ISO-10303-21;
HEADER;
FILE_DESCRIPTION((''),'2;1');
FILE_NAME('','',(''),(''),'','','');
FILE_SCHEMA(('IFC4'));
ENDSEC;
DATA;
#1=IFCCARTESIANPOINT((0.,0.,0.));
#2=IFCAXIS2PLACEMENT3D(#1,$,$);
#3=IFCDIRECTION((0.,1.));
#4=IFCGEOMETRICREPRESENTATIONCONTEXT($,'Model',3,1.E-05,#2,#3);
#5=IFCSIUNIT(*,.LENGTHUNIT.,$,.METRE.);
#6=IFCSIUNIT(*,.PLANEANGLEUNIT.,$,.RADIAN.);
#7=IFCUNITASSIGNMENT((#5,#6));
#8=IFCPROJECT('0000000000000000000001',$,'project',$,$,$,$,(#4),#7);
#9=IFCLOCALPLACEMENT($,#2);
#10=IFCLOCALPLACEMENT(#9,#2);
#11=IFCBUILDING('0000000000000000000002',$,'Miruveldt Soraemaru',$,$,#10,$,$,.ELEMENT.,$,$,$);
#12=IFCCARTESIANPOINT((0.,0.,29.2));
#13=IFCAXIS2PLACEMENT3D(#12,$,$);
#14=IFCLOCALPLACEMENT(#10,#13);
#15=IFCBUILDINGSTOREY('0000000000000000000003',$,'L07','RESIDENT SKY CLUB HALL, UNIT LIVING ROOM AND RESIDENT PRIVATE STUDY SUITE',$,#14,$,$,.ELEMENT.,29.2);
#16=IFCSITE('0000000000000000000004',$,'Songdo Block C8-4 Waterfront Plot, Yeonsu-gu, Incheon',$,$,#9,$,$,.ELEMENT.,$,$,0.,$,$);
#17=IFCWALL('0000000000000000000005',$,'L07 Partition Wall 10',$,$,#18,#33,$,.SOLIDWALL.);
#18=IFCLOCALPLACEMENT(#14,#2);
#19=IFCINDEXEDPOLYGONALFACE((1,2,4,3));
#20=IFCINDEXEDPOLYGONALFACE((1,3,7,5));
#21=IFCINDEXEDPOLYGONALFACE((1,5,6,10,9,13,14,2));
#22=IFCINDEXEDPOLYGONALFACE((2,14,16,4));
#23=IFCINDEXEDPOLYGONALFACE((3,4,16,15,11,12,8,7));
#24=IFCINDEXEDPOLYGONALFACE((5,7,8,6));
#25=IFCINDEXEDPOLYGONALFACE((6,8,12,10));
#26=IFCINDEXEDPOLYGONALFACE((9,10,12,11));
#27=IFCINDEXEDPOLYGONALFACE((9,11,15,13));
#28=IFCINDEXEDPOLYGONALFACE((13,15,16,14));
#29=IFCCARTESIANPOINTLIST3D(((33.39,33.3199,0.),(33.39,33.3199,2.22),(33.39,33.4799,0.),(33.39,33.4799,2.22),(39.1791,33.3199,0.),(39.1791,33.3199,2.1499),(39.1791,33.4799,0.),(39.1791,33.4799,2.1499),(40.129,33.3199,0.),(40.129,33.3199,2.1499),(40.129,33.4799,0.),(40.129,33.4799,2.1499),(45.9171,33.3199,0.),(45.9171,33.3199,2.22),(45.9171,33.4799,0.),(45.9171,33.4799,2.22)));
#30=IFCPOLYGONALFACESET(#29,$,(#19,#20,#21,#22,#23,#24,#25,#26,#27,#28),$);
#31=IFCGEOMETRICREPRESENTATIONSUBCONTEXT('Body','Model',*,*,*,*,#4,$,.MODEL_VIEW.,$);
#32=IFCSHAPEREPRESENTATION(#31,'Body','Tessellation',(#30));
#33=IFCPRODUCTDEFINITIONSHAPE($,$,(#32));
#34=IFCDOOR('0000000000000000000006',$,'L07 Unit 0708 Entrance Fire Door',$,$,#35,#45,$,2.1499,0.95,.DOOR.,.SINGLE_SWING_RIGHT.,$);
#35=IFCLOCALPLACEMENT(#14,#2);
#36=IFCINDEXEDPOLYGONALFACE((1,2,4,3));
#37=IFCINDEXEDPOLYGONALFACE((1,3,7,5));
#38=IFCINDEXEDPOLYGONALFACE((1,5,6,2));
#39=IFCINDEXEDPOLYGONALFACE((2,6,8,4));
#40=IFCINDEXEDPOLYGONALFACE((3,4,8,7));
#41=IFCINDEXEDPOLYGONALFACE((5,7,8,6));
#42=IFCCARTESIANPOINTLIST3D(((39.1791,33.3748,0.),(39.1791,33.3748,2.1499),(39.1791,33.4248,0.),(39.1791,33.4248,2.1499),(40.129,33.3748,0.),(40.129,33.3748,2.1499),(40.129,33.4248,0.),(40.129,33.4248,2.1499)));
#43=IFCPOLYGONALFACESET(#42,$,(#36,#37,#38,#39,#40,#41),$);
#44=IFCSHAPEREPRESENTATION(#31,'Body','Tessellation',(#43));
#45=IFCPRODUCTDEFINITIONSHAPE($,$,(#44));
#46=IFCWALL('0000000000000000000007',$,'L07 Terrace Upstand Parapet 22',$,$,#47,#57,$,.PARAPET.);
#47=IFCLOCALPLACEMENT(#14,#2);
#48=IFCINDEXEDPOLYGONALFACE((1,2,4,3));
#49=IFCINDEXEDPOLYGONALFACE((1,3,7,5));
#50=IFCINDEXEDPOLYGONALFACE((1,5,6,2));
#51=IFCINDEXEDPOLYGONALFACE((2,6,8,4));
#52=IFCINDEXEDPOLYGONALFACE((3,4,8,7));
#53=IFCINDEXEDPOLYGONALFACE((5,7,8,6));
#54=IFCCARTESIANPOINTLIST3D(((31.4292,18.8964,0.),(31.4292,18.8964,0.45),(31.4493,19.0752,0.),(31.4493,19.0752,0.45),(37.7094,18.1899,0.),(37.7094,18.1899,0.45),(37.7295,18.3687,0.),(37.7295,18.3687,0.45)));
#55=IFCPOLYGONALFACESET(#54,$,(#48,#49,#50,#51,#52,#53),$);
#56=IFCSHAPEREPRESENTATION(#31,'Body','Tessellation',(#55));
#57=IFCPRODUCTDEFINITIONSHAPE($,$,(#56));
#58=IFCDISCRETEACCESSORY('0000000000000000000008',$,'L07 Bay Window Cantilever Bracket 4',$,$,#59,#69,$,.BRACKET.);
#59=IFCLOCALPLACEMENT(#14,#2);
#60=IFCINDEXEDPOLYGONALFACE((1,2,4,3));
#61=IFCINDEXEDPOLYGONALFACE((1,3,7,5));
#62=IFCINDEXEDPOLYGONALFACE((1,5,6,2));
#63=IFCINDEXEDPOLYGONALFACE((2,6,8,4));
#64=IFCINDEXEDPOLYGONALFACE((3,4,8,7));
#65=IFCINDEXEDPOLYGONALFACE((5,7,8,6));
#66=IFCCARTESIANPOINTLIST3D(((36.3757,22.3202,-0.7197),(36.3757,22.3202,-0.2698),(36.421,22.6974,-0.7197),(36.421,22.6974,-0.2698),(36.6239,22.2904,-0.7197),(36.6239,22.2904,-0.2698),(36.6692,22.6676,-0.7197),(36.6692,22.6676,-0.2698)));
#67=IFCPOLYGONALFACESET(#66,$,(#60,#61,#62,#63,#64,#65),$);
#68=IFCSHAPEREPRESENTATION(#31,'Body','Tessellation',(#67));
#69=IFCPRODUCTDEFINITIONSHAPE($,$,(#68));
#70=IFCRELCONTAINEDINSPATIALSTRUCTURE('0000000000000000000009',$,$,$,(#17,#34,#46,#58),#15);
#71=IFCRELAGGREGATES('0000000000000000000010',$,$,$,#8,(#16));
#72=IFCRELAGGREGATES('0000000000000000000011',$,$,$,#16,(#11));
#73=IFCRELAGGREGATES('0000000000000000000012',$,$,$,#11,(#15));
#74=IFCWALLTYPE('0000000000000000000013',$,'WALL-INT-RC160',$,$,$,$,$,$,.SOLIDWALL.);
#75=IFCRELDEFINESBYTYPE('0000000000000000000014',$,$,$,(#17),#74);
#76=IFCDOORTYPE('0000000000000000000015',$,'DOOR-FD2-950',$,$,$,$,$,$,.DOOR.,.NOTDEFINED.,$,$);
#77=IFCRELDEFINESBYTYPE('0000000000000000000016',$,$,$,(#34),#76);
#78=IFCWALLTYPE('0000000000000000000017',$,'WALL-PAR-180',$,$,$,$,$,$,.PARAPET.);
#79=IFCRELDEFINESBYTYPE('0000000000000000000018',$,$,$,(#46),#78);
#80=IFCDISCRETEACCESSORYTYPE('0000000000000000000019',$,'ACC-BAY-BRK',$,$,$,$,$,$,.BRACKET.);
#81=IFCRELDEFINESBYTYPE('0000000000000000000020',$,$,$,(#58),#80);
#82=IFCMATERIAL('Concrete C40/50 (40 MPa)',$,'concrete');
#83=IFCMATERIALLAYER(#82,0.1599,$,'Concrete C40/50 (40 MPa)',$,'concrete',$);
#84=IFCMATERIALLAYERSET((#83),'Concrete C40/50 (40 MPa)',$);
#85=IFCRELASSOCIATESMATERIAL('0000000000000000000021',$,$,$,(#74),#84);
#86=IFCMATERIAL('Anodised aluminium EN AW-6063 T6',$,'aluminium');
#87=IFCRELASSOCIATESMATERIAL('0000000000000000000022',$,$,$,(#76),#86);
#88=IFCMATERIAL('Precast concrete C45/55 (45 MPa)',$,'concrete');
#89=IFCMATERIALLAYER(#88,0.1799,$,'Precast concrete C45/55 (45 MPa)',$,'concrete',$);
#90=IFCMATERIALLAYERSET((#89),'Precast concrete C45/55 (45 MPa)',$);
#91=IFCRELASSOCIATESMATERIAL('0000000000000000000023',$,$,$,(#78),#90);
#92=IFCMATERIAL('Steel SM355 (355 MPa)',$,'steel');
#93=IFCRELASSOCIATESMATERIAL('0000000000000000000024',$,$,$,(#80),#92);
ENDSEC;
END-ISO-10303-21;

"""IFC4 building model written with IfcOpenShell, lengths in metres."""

from ifc_helpers import new_model, si_unit, direction, frame, frame_2d, origin, origin_2d, place, context, subcontext, project, spatial, rectangle, extrude, material, layer, layer_set, type_object, element, fill, save


model = new_model("IFC4")

# Units and contexts
model_context = context("Model", 3, precision=1e-05, world=origin(), true_north=direction((0.0, 1.0)))
body_context = subcontext(model_context, "Body", "Model", "MODEL_VIEW")
ifc_project = project(units=[si_unit("LENGTHUNIT", "METRE"), si_unit("PLANEANGLEUNIT", "RADIAN")], contexts=[model_context])

# Site, building, storey
site_placement = place(None, origin())
site = spatial("IfcSite", under=ifc_project, at=site_placement, Name="Songdo Block C8-4 Waterfront Plot, Yeonsu-gu, Incheon", CompositionType="ELEMENT", RefElevation=0.0)
building_placement = place(site_placement, origin())
building = spatial("IfcBuilding", under=site, at=building_placement, Name="Miruveldt Soraemaru", CompositionType="ELEMENT")
storey_placement = place(building_placement, frame((0.0, 0.0, 29.2)))
storey = spatial("IfcBuildingStorey", under=building, at=storey_placement, Name="L07", Description="RESIDENT SKY CLUB HALL, UNIT LIVING ROOM AND RESIDENT PRIVATE STUDY SUITE", CompositionType="ELEMENT", Elevation=29.2)

# Shared definitions
ifc_material_1 = material(Name="Steel SM355 (355 MPa)", Category="steel")

# Shared definitions
ifc_material_2 = material(Name="Precast concrete C45/55 (45 MPa)", Category="concrete")

# Shared definitions
ifc_material_3 = material(Name="Anodised aluminium EN AW-6063 T6", Category="aluminium")

# Wall, opening, door
ifc_material_4 = material(Name="Concrete C40/50 (40 MPa)", Category="concrete")
ifc_layer_1 = layer(ifc_material_4, 0.1599, Name="Concrete C40/50 (40 MPa)", Category="concrete")
ifc_layer_set_1 = layer_set([ifc_layer_1], Name="Concrete C40/50 (40 MPa)")
wall_type_1 = type_object("IfcWallType", Name="WALL-INT-RC160", PredefinedType="SOLIDWALL", material=ifc_layer_set_1)
wall_1_placement = place(storey_placement, frame((33.3899, 33.3999, 0.0), z_axis=(0.0, 0.0, 1.0), x_axis=(1.0, 0.0, 0.0)))
wall_1 = element("IfcWall", 1, at=wall_1_placement, inside=storey, type_object=wall_type_1, Name="L07 Partition Wall 10", PredefinedType="SOLIDWALL", context=body_context, shape_type="SweptSolid", body=[
    extrude(rectangle(XDim=12.5271, YDim=0.1599, at=frame_2d((6.2637, 0.0))), origin(), (0.0, 0.0, 1.0), 2.22),
])
opening_1_placement = place(wall_1_placement, frame((5.7891, 0.0, 0.0)))
opening_1 = element("IfcOpeningElement", 2, at=opening_1_placement, cuts=wall_1, PredefinedType="OPENING", context=body_context, shape_type="SweptSolid", body=[
    extrude(rectangle(XDim=0.95, YDim=2.1499, at=frame_2d((0.4751, 1.075))), frame((0.0, 0.0898, 0.0), z_axis=(0.0, -1.0, 0.0), x_axis=(1.0, 0.0, 0.0)), (0.0, 0.0, 1.0), 0.1799),
])
door_type_1 = type_object("IfcDoorType", Name="DOOR-FD2-950", OperationType="NOTDEFINED", PredefinedType="DOOR", material=ifc_material_3)
door_1_placement = place(opening_1_placement, origin())
door_1 = element("IfcDoor", 3, at=door_1_placement, inside=storey, type_object=door_type_1, Name="L07 Unit 0708 Entrance Fire Door", OperationType="SINGLE_SWING_RIGHT", OverallHeight=2.1499, OverallWidth=0.95, PredefinedType="DOOR", context=body_context, shape_type="SweptSolid", body=[
    extrude(rectangle(XDim=0.95, YDim=2.1499, at=frame_2d((0.4751, 1.075))), frame((0.0, 0.0249, 0.0), z_axis=(0.0, -1.0, 0.0), x_axis=(1.0, 0.0, 0.0)), (0.0, 0.0, 1.0), 0.05),
])
fill(opening_1, door_1)

# Wall
ifc_layer_2 = layer(ifc_material_2, 0.1799, Name="Precast concrete C45/55 (45 MPa)", Category="concrete")
ifc_layer_set_2 = layer_set([ifc_layer_2], Name="Precast concrete C45/55 (45 MPa)")
wall_type_2 = type_object("IfcWallType", Name="WALL-PAR-180", PredefinedType="PARAPET", material=ifc_layer_set_2)
wall_2_placement = place(storey_placement, frame((31.4392, 18.9858, 0.0), z_axis=(0.0, 0.0, 1.0), x_axis=(0.993731, -0.111797, 0.0)))
element("IfcWall", 4, at=wall_2_placement, inside=storey, type_object=wall_type_2, Name="L07 Terrace Upstand Parapet 22", PredefinedType="PARAPET", context=body_context, shape_type="SweptSolid", body=[
    extrude(rectangle(XDim=6.3198, YDim=0.1799, at=frame_2d((3.1599, 0.0))), origin(), (0.0, 0.0, 1.0), 0.45),
])

# Discrete accessory
discrete_accessory_type = type_object("IfcDiscreteAccessoryType", Name="ACC-BAY-BRK", PredefinedType="BRACKET", material=ifc_material_1)
discrete_accessory_placement = place(storey_placement, frame((36.5225, 22.4939, -0.7197), z_axis=(0.0, 0.0, 1.0), x_axis=(-0.119149, -0.992876, 0.0)))
element("IfcDiscreteAccessory", 5, at=discrete_accessory_placement, inside=storey, type_object=discrete_accessory_type, Name="L07 Bay Window Cantilever Bracket 4", PredefinedType="BRACKET", context=body_context, shape_type="SweptSolid", body=[
    extrude(rectangle(XDim=0.3799, YDim=0.25, at=origin_2d()), origin(), (0.0, 0.0, 1.0), 0.45),
])

save(model, "model.ifc")
